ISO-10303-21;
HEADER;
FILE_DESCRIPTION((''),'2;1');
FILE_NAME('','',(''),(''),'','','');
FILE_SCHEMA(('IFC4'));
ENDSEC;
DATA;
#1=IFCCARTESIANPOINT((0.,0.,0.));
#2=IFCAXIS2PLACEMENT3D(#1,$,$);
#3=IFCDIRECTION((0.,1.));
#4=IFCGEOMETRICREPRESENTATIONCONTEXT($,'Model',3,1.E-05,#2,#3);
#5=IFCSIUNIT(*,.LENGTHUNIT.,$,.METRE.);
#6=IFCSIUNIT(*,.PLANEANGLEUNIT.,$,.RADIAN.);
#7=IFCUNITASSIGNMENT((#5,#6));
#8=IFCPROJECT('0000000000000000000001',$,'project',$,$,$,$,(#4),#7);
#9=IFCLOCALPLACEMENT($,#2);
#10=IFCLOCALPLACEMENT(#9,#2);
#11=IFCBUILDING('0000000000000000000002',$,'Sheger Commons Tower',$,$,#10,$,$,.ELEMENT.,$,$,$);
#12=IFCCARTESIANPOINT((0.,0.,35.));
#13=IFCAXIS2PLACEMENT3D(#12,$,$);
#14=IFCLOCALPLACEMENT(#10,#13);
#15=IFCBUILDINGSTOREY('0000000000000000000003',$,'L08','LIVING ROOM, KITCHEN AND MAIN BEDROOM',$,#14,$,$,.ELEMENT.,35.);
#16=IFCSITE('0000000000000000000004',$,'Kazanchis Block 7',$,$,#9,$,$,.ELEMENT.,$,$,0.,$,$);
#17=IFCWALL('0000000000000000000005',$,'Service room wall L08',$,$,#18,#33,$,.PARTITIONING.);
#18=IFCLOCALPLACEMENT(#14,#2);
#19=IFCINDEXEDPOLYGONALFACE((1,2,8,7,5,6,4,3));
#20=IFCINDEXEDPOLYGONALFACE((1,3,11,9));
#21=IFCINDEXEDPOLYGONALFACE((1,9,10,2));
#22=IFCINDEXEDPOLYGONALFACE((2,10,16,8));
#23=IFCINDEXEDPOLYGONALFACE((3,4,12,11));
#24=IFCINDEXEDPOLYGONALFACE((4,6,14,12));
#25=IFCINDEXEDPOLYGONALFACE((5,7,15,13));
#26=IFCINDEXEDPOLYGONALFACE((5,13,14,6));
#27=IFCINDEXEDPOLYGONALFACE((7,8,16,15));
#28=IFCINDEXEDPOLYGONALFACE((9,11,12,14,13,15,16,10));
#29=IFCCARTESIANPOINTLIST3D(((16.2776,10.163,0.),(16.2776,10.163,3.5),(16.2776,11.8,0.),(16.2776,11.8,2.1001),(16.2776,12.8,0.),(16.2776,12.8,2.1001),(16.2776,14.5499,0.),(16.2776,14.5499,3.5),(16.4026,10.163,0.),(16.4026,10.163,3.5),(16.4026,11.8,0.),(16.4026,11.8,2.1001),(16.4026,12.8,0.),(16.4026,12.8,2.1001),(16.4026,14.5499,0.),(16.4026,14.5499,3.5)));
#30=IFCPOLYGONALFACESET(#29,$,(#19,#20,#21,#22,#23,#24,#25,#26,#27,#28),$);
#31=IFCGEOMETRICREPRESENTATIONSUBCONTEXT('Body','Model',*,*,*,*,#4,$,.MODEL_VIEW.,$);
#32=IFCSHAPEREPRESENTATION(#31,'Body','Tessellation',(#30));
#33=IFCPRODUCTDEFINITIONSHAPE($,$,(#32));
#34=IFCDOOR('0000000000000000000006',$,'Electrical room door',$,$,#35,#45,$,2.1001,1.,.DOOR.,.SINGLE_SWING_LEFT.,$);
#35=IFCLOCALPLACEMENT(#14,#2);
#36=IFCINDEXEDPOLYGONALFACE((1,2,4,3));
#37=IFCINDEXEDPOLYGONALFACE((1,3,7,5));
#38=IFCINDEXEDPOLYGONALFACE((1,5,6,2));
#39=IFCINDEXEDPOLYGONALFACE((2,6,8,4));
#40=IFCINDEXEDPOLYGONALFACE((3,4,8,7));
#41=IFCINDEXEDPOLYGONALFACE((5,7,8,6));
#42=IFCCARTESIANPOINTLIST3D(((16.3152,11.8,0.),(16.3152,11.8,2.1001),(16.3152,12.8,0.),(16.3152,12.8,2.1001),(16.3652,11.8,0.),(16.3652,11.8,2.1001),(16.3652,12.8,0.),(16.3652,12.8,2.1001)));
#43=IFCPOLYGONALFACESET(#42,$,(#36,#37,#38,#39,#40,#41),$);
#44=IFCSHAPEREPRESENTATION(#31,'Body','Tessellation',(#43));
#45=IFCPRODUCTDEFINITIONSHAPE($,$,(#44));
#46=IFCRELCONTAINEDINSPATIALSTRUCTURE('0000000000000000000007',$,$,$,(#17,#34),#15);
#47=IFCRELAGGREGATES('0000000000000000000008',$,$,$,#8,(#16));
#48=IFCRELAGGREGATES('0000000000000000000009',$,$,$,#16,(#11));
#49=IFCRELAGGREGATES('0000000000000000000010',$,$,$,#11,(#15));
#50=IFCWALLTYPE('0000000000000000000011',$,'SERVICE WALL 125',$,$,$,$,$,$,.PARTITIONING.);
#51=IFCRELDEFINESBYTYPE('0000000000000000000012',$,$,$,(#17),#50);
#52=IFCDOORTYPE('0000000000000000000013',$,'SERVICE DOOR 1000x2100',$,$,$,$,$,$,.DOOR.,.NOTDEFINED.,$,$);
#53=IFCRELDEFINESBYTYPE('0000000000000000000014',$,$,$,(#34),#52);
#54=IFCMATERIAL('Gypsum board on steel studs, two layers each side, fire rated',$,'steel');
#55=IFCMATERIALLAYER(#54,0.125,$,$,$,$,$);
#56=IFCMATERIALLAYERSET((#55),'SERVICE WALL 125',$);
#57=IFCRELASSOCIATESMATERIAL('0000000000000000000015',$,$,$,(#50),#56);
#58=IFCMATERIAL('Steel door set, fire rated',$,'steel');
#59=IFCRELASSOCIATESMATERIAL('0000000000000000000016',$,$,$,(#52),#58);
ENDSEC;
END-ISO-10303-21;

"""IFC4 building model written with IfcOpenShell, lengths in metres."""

from ifc_helpers import new_model, si_unit, direction, frame, frame_2d, origin, place, context, subcontext, project, spatial, rectangle, extrude, material, layer, layer_set, type_object, element, fill, save


model = new_model("IFC4")

# Units and contexts
model_context = context("Model", 3, precision=1e-05, world=origin(), true_north=direction((0.0, 1.0)))
body_context = subcontext(model_context, "Body", "Model", "MODEL_VIEW")
ifc_project = project(units=[si_unit("LENGTHUNIT", "METRE"), si_unit("PLANEANGLEUNIT", "RADIAN")], contexts=[model_context])

# Site, building, storey
site_placement = place(None, origin())
site = spatial("IfcSite", under=ifc_project, at=site_placement, Name="Kazanchis Block 7", CompositionType="ELEMENT", RefElevation=0.0)
building_placement = place(site_placement, origin())
building = spatial("IfcBuilding", under=site, at=building_placement, Name="Sheger Commons Tower", CompositionType="ELEMENT")
storey_placement = place(building_placement, frame((0.0, 0.0, 35.0)))
storey = spatial("IfcBuildingStorey", under=building, at=storey_placement, Name="L08", Description="LIVING ROOM, KITCHEN AND MAIN BEDROOM", CompositionType="ELEMENT", Elevation=35.0)

# Shared definitions
ifc_material_1 = material(Name="Gypsum board on steel studs, two layers each side, fire rated", Category="steel")
ifc_layer_1 = layer(ifc_material_1, 0.125)
ifc_layer_set_1 = layer_set([ifc_layer_1], Name="SERVICE WALL 125")
wall_type_1 = type_object("IfcWallType", Name="SERVICE WALL 125", PredefinedType="PARTITIONING", material=ifc_layer_set_1)
ifc_material_2 = material(Name="Steel door set, fire rated", Category="steel")
door_type_1 = type_object("IfcDoorType", Name="SERVICE DOOR 1000x2100", OperationType="NOTDEFINED", PredefinedType="DOOR", material=ifc_material_2)

# Wall, opening, door
wall_1_placement = place(storey_placement, frame((16.3401, 10.1631, 0.0), z_axis=(0.0, 0.0, 1.0), x_axis=(0.0, 1.0, 0.0)))
wall_1 = element("IfcWall", 1, at=wall_1_placement, inside=storey, type_object=wall_type_1, Name="Service room wall L08", PredefinedType="PARTITIONING", context=body_context, shape_type="SweptSolid", body=[
    extrude(rectangle(XDim=4.387, YDim=0.125, at=frame_2d((2.1934, 0.0))), origin(), (0.0, 0.0, 1.0), 3.5),
])
opening_1_placement = place(wall_1_placement, frame((1.637, 0.0, 0.0)))
opening_1 = element("IfcOpeningElement", 2, at=opening_1_placement, cuts=wall_1, PredefinedType="OPENING", context=body_context, shape_type="SweptSolid", body=[
    extrude(rectangle(XDim=1.0, YDim=2.1001, at=frame_2d((0.5, 1.05))), frame((0.0, 0.0725, 0.0), z_axis=(0.0, -1.0, 0.0), x_axis=(1.0, 0.0, 0.0)), (0.0, 0.0, 1.0), 0.145),
])
door_1_placement = place(opening_1_placement, origin())
door_1 = element("IfcDoor", 3, at=door_1_placement, inside=storey, type_object=door_type_1, Name="Electrical room door", OperationType="SINGLE_SWING_LEFT", OverallHeight=2.1001, OverallWidth=1.0, PredefinedType="DOOR", context=body_context, shape_type="SweptSolid", body=[
    extrude(rectangle(XDim=1.0, YDim=2.1001, at=frame_2d((0.5, 1.05))), frame((0.0, 0.0249, 0.0), z_axis=(0.0, -1.0, 0.0), x_axis=(1.0, 0.0, 0.0)), (0.0, 0.0, 1.0), 0.05),
])
fill(opening_1, door_1)

save(model, "model.ifc")
